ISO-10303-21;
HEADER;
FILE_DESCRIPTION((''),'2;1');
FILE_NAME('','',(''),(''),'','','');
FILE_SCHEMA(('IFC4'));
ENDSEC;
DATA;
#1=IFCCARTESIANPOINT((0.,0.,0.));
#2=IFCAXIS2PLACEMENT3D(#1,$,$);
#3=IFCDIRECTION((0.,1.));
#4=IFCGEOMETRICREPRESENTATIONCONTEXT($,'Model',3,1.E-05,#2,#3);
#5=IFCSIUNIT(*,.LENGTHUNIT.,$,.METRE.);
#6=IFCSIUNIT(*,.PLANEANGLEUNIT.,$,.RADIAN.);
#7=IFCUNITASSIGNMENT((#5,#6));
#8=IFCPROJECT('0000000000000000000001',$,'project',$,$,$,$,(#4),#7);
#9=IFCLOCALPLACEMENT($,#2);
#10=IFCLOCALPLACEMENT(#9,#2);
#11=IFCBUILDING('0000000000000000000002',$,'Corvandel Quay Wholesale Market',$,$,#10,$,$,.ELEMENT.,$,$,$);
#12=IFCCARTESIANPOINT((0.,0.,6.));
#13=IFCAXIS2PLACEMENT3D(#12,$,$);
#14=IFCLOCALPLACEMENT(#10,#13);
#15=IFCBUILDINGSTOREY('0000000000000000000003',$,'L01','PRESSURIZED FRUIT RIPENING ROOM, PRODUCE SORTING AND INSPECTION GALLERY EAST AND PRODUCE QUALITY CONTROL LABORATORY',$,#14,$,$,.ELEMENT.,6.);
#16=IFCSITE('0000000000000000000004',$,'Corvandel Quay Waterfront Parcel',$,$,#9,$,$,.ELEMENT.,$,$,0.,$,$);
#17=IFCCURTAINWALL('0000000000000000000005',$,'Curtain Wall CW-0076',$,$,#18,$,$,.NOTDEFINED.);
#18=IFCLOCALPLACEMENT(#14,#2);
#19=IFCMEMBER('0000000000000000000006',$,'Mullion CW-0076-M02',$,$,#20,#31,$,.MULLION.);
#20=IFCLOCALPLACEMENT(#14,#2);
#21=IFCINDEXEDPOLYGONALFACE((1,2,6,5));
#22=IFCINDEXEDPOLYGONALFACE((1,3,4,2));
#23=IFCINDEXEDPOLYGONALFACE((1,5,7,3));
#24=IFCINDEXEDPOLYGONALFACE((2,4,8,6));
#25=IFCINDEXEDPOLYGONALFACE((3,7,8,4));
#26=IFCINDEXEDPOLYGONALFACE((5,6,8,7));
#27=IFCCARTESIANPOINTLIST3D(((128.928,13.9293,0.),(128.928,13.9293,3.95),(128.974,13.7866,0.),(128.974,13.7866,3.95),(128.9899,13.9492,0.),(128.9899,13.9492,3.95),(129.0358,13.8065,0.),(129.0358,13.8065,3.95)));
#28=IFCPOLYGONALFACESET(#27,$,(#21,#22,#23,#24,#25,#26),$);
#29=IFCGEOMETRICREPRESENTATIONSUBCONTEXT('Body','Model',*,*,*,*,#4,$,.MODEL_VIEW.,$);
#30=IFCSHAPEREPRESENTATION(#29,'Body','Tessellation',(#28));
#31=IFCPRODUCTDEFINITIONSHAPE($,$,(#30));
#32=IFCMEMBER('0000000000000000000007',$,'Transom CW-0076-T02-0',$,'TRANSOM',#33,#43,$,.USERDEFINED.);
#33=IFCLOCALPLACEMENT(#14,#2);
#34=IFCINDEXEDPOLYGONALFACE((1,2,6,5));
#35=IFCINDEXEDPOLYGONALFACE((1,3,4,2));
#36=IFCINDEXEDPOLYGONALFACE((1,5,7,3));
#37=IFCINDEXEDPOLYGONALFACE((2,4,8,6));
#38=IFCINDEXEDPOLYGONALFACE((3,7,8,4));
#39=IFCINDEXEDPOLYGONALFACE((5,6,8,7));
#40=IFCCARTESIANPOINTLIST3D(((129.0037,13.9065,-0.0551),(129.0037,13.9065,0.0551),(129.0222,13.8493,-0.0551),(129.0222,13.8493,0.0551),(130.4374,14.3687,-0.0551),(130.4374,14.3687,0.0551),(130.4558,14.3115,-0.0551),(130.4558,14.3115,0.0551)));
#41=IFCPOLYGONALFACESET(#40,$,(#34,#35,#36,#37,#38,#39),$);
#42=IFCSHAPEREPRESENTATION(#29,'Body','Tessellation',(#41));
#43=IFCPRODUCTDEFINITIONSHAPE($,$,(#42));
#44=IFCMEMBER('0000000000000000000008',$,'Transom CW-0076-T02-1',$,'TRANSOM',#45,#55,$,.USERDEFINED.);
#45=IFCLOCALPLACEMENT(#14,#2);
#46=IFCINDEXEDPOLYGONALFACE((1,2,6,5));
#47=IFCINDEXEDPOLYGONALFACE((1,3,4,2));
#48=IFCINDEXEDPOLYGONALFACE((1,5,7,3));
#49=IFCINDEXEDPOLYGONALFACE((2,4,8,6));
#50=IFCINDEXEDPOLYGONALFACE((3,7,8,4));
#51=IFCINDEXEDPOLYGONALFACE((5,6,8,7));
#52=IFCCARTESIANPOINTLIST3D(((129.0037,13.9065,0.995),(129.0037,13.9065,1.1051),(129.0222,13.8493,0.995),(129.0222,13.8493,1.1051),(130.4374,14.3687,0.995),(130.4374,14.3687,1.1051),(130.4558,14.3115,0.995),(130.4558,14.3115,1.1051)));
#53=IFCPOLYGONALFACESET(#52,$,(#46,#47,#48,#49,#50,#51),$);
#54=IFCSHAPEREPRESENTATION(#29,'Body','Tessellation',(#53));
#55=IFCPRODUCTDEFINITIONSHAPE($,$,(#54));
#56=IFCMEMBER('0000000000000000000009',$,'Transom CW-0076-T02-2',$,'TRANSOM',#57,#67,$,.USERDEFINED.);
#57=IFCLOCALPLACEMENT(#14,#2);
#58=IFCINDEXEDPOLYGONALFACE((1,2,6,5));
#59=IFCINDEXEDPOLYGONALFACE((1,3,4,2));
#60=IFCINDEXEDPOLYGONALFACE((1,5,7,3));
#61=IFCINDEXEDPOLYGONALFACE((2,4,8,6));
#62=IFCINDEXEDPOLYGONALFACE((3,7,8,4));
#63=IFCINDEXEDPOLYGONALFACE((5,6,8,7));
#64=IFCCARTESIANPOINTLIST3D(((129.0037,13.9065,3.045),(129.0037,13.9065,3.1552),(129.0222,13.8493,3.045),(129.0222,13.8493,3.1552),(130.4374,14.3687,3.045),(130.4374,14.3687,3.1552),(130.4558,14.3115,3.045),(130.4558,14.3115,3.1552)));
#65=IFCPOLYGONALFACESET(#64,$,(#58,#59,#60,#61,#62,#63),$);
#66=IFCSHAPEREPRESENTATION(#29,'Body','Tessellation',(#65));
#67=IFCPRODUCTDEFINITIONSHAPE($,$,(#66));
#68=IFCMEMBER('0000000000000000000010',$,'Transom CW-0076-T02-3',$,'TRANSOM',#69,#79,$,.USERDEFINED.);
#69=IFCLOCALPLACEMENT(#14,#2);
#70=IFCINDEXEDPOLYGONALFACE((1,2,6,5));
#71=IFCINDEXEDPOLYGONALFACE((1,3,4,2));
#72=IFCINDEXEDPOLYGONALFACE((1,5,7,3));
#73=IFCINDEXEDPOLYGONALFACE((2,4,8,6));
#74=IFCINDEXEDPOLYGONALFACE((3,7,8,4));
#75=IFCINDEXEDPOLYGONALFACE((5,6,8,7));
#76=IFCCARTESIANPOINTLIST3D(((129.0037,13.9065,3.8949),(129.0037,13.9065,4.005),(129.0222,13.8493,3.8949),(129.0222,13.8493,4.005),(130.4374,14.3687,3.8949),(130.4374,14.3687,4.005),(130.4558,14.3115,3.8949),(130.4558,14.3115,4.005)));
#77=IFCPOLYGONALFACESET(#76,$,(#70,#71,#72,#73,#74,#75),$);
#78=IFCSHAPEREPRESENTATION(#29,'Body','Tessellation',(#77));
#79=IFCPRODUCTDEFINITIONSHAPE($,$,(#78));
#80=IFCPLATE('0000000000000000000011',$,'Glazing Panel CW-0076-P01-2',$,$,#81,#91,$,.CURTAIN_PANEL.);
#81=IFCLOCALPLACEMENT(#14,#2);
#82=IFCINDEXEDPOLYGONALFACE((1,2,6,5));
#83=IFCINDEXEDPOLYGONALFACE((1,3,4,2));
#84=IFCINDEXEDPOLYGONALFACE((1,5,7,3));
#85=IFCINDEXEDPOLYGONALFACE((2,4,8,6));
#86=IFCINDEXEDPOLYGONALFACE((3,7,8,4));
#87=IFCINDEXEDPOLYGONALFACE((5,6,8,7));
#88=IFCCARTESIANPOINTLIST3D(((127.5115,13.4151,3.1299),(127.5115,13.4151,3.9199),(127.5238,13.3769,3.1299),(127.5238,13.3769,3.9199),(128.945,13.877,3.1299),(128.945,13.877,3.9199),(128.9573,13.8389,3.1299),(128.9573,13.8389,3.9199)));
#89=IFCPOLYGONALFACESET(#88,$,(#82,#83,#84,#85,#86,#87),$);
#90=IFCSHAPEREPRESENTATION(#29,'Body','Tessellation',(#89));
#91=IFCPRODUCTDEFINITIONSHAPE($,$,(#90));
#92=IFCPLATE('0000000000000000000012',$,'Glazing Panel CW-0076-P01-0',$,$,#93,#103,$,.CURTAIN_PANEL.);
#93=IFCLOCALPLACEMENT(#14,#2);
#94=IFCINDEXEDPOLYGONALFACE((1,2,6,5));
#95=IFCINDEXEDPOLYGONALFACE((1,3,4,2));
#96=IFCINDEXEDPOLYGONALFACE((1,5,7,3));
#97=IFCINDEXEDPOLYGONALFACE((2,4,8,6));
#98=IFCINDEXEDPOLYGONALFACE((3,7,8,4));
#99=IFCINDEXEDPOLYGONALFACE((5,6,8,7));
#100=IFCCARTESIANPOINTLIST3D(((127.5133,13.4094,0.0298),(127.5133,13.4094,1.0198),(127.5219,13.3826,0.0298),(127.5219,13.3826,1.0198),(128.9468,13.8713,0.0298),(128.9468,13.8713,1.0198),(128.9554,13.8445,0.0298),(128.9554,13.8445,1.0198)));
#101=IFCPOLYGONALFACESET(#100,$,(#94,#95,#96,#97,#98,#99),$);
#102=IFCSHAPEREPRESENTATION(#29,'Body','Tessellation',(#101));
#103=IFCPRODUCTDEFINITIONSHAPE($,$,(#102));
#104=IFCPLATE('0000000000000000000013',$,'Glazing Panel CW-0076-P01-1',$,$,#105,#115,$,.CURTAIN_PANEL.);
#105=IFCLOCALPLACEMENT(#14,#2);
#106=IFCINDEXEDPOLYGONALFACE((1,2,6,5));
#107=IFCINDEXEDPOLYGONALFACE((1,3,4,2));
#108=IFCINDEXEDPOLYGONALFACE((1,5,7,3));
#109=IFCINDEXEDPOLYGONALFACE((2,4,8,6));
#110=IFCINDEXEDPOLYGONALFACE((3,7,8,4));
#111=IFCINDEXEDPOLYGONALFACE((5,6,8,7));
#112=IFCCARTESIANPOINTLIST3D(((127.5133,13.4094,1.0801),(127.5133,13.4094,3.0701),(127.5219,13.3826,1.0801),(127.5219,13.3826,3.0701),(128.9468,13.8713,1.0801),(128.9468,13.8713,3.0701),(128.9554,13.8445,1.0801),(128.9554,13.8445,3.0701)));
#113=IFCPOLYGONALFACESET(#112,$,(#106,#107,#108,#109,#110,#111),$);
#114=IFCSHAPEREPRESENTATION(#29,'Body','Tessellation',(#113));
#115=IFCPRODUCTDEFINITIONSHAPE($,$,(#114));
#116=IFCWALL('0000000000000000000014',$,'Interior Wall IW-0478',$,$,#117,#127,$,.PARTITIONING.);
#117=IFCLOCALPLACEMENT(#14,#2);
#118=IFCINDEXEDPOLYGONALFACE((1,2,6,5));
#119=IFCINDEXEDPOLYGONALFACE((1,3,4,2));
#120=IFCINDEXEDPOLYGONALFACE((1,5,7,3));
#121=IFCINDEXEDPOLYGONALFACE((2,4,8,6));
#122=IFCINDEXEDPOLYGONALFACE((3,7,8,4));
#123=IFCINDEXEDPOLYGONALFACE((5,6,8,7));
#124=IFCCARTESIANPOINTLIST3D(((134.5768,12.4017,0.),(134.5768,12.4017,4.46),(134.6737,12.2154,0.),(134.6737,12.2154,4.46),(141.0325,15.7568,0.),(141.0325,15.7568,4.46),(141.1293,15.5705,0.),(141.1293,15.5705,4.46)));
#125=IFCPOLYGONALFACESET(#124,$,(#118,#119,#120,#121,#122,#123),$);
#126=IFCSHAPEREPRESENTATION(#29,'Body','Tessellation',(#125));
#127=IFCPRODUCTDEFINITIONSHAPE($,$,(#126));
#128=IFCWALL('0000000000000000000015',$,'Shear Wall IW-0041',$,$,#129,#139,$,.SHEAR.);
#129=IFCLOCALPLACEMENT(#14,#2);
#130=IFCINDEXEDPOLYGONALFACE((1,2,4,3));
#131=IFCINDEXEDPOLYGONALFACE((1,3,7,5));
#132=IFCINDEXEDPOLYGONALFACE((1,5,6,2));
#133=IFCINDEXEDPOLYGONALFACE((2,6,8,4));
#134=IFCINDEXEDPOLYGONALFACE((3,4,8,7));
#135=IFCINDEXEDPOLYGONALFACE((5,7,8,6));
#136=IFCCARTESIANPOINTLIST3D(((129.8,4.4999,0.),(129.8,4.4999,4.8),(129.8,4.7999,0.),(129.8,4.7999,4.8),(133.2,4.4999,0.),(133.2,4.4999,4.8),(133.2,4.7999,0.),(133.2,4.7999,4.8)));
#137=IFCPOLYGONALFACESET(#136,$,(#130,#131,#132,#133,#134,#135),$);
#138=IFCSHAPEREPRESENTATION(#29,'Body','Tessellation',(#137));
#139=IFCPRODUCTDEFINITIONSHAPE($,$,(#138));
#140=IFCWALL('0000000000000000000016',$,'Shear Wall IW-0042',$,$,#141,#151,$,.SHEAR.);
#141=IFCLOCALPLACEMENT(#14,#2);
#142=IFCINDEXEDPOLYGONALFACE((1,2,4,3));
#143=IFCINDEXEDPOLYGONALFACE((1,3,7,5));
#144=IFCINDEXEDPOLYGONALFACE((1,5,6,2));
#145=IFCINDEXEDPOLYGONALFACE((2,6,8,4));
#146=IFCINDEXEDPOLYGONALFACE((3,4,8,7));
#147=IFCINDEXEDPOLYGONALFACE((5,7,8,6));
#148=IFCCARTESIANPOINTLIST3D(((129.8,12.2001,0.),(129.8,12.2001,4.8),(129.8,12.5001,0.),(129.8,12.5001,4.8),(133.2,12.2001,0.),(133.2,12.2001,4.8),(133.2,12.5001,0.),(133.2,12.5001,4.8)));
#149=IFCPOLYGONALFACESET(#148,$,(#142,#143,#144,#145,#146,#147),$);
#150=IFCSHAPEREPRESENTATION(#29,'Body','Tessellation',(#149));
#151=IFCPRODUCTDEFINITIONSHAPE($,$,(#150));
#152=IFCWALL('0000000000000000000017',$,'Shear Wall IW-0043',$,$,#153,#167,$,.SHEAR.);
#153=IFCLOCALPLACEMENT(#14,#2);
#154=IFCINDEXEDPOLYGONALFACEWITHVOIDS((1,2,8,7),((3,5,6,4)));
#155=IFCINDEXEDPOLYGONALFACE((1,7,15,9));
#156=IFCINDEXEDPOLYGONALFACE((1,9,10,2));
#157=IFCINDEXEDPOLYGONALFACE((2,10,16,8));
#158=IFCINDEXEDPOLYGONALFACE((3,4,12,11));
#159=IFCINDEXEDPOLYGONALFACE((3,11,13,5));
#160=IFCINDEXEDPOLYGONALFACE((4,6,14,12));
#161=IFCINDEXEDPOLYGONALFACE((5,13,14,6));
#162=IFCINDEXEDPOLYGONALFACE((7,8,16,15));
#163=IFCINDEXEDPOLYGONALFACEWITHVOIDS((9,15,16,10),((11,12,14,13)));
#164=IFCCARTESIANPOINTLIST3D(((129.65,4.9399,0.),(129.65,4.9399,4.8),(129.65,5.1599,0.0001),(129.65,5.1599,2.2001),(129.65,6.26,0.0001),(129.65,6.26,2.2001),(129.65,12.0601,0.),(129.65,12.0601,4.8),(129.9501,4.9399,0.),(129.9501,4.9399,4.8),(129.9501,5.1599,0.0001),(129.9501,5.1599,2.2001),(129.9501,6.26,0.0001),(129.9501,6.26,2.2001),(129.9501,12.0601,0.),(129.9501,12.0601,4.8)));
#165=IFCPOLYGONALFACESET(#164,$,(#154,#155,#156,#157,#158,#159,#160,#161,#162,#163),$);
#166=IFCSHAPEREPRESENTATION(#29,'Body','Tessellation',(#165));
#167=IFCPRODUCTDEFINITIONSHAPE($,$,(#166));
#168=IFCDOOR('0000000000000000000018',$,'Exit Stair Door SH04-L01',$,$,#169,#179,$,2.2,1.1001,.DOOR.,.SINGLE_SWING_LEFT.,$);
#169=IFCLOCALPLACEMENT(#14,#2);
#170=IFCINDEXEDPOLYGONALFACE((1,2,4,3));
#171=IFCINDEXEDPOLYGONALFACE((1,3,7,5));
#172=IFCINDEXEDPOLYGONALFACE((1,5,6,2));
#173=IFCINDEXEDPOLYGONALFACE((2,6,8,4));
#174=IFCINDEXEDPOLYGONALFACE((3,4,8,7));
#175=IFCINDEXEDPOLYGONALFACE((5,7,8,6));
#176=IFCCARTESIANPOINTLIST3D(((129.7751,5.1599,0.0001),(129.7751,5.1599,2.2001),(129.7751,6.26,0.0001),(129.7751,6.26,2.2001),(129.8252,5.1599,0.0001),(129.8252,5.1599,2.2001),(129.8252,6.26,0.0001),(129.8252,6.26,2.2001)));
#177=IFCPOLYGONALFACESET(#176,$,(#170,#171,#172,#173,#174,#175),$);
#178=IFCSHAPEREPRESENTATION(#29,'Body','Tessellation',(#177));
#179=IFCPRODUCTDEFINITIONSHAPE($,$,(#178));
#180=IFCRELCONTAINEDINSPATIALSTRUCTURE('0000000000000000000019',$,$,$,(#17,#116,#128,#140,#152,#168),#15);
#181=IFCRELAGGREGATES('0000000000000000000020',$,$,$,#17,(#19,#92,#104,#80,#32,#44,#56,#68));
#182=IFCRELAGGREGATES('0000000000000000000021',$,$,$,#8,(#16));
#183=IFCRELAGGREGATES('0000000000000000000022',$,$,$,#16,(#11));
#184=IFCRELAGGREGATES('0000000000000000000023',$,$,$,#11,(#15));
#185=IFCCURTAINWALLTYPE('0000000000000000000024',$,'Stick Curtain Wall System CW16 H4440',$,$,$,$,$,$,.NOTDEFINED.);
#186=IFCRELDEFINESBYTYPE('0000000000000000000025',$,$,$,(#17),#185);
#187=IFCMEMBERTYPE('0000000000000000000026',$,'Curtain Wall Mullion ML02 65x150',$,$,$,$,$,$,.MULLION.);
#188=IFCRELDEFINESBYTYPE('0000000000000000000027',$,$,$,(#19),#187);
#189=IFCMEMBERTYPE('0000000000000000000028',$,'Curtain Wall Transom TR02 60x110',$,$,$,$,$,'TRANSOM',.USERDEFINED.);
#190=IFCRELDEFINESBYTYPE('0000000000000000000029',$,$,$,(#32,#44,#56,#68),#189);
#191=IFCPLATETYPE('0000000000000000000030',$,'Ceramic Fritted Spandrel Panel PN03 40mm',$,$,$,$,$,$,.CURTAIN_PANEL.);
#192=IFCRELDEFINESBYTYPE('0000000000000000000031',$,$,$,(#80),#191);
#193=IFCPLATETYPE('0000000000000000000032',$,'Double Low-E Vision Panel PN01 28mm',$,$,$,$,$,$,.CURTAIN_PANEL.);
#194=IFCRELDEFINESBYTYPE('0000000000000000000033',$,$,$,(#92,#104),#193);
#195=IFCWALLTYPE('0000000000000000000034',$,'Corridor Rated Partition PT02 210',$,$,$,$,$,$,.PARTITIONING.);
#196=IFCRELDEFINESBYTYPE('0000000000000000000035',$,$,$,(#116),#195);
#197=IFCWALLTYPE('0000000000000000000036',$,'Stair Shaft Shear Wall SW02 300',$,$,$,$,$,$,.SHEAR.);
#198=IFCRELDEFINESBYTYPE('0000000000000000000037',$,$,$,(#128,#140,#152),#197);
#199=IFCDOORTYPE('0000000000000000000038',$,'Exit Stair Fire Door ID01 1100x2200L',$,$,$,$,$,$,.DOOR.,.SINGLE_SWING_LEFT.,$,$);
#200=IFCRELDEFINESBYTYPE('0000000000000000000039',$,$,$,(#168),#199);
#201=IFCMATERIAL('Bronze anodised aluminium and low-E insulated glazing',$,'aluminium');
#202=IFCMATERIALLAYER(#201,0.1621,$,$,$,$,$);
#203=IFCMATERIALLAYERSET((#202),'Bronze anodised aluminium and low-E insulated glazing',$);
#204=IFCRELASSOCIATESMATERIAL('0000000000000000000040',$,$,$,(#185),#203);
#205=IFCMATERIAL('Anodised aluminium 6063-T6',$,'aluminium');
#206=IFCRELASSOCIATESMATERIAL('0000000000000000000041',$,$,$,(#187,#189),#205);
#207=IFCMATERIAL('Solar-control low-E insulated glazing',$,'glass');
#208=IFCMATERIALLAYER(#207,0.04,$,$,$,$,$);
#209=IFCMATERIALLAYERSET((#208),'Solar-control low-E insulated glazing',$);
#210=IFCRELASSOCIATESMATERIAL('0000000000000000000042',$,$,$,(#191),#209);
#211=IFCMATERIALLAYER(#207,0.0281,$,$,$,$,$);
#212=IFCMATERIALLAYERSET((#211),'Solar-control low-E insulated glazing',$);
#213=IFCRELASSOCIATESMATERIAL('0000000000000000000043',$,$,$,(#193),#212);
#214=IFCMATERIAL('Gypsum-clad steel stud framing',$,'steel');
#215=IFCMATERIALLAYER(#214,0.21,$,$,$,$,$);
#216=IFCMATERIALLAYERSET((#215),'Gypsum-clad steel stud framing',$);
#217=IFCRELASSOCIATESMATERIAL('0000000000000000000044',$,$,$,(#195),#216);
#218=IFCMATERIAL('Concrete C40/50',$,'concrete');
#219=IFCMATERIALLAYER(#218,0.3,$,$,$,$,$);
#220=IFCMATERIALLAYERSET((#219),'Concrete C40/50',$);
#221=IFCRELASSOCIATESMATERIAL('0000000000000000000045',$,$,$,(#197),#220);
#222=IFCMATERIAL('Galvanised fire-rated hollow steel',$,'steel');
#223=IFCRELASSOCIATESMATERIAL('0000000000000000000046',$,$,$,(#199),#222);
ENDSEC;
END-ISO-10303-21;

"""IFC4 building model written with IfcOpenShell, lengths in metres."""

from ifc_helpers import new_model, si_unit, direction, frame, frame_2d, origin, origin_2d, place, context, subcontext, project, spatial, rectangle, extrude, material, layer, layer_set, material_profile, profile_set, type_object, element, fill, aggregate, save


model = new_model("IFC4")

# Units and contexts
model_context = context("Model", 3, precision=1e-05, world=origin(), true_north=direction((0.0, 1.0)))
body_context = subcontext(model_context, "Body", "Model", "MODEL_VIEW")
ifc_project = project(units=[si_unit("LENGTHUNIT", "METRE"), si_unit("PLANEANGLEUNIT", "RADIAN")], contexts=[model_context])

# Site, building, storey
site_placement = place(None, origin())
site = spatial("IfcSite", under=ifc_project, at=site_placement, Name="Corvandel Quay Waterfront Parcel", CompositionType="ELEMENT", RefElevation=0.0)
building_placement = place(site_placement, origin())
building = spatial("IfcBuilding", under=site, at=building_placement, Name="Corvandel Quay Wholesale Market", CompositionType="ELEMENT")
storey_placement = place(building_placement, frame((0.0, 0.0, 6.0)))
storey = spatial("IfcBuildingStorey", under=building, at=storey_placement, Name="L01", Description="PRESSURIZED FRUIT RIPENING ROOM, PRODUCE SORTING AND INSPECTION GALLERY EAST AND PRODUCE QUALITY CONTROL LABORATORY", CompositionType="ELEMENT", Elevation=6.0)

# Curtain wall, members, plates
ifc_material_1 = material(Name="Bronze anodised aluminium and low-E insulated glazing", Category="aluminium")
ifc_layer_1 = layer(ifc_material_1, 0.1621)
ifc_layer_set_1 = layer_set([ifc_layer_1], Name="Bronze anodised aluminium and low-E insulated glazing")
curtain_wall_type = type_object("IfcCurtainWallType", Name="Stick Curtain Wall System CW16 H4440", PredefinedType="NOTDEFINED", material=ifc_layer_set_1)
curtain_wall_placement = place(storey_placement, origin())
curtain_wall = element("IfcCurtainWall", 1, at=curtain_wall_placement, inside=storey, type_object=curtain_wall_type, Name="Curtain Wall CW-0076", PredefinedType="NOTDEFINED")
ifc_material_2 = material(Name="Anodised aluminium 6063-T6", Category="aluminium")
ifc_material_profile_1 = material_profile(ifc_material_2, rectangle(XDim=0.0649, YDim=0.1499, at=origin_2d()), Name="ALU-MUL-65x150")
ifc_profile_set_1 = profile_set([ifc_material_profile_1], Name="Anodised aluminium 6063-T6")
member_type_1 = type_object("IfcMemberType", Name="Curtain Wall Mullion ML02 65x150", PredefinedType="MULLION", material=ifc_profile_set_1)
member_1_placement = place(storey_placement, frame((128.9819, 13.8679, 0.0), z_axis=(0.0, 0.0, 1.0), x_axis=(0.951809, 0.306692, 0.0)))
member_1 = element("IfcMember", 2, at=member_1_placement, type_object=member_type_1, Name="Mullion CW-0076-M02", PredefinedType="MULLION", context=body_context, shape_type="SweptSolid", body=[
    extrude(rectangle(XDim=0.0649, YDim=0.1499, at=origin_2d()), origin(), (0.0, 0.0, 1.0), 3.95),
])
ifc_material_profile_2 = material_profile(ifc_material_2, rectangle(XDim=0.0601, YDim=0.1101, at=origin_2d()), Name="ALU-TRN-60x110")
ifc_profile_set_2 = profile_set([ifc_material_profile_2], Name="Anodised aluminium 6063-T6")
member_type_2 = type_object("IfcMemberType", Name="Curtain Wall Transom TR02 60x110", ElementType="TRANSOM", PredefinedType="USERDEFINED", material=ifc_profile_set_2)
member_2_placement = place(storey_placement, frame((129.0129, 13.8779, 0.0), z_axis=(0.951765, 0.306828, 0.0), x_axis=(-0.306828, 0.951765, 0.0)))
member_2 = element("IfcMember", 3, at=member_2_placement, type_object=member_type_2, Name="Transom CW-0076-T02-0", ObjectType="TRANSOM", PredefinedType="USERDEFINED", context=body_context, shape_type="SweptSolid", body=[
    extrude(rectangle(XDim=0.0601, YDim=0.1101, at=origin_2d()), origin(), (0.0, 0.0, 1.0), 1.5063),
])
member_3_placement = place(storey_placement, frame((129.0129, 13.8779, 1.05), z_axis=(0.951765, 0.306828, 0.0), x_axis=(-0.306828, 0.951765, 0.0)))
member_3 = element("IfcMember", 4, at=member_3_placement, type_object=member_type_2, Name="Transom CW-0076-T02-1", ObjectType="TRANSOM", PredefinedType="USERDEFINED", context=body_context, shape_type="SweptSolid", body=[
    extrude(rectangle(XDim=0.0601, YDim=0.1101, at=origin_2d()), origin(), (0.0, 0.0, 1.0), 1.5063),
])
member_4_placement = place(storey_placement, frame((129.0129, 13.8779, 3.1001), z_axis=(0.951765, 0.306828, 0.0), x_axis=(-0.306828, 0.951765, 0.0)))
member_4 = element("IfcMember", 5, at=member_4_placement, type_object=member_type_2, Name="Transom CW-0076-T02-2", ObjectType="TRANSOM", PredefinedType="USERDEFINED", context=body_context, shape_type="SweptSolid", body=[
    extrude(rectangle(XDim=0.0601, YDim=0.1101, at=origin_2d()), origin(), (0.0, 0.0, 1.0), 1.5063),
])
member_5_placement = place(storey_placement, frame((129.0129, 13.8779, 3.95), z_axis=(0.951765, 0.306828, 0.0), x_axis=(-0.306828, 0.951765, 0.0)))
member_5 = element("IfcMember", 6, at=member_5_placement, type_object=member_type_2, Name="Transom CW-0076-T02-3", ObjectType="TRANSOM", PredefinedType="USERDEFINED", context=body_context, shape_type="SweptSolid", body=[
    extrude(rectangle(XDim=0.0601, YDim=0.1101, at=origin_2d()), origin(), (0.0, 0.0, 1.0), 1.5063),
])
ifc_material_3 = material(Name="Solar-control low-E insulated glazing", Category="glass")
ifc_layer_2 = layer(ifc_material_3, 0.04)
ifc_layer_set_2 = layer_set([ifc_layer_2], Name="Solar-control low-E insulated glazing")
plate_type_1 = type_object("IfcPlateType", Name="Ceramic Fritted Spandrel Panel PN03 40mm", PredefinedType="CURTAIN_PANEL", material=ifc_layer_set_2)
plate_1_placement = place(storey_placement, frame((128.2344, 13.627, 3.1299), z_axis=(0.0, 0.0, 1.0), x_axis=(0.951809, 0.306692, 0.0)))
plate_1 = element("IfcPlate", 7, at=plate_1_placement, type_object=plate_type_1, Name="Glazing Panel CW-0076-P01-2", PredefinedType="CURTAIN_PANEL", context=body_context, shape_type="SweptSolid", body=[
    extrude(rectangle(XDim=1.5061, YDim=0.04, at=origin_2d()), origin(), (0.0, 0.0, 1.0), 0.79),
])
ifc_layer_3 = layer(ifc_material_3, 0.0281)
ifc_layer_set_3 = layer_set([ifc_layer_3], Name="Solar-control low-E insulated glazing")
plate_type_2 = type_object("IfcPlateType", Name="Double Low-E Vision Panel PN01 28mm", PredefinedType="CURTAIN_PANEL", material=ifc_layer_set_3)
plate_2_placement = place(storey_placement, frame((128.2344, 13.627, 0.0298), z_axis=(0.0, 0.0, 1.0), x_axis=(0.951809, 0.306692, 0.0)))
plate_2 = element("IfcPlate", 8, at=plate_2_placement, type_object=plate_type_2, Name="Glazing Panel CW-0076-P01-0", PredefinedType="CURTAIN_PANEL", context=body_context, shape_type="SweptSolid", body=[
    extrude(rectangle(XDim=1.5061, YDim=0.0281, at=origin_2d()), origin(), (0.0, 0.0, 1.0), 0.99),
])
plate_3_placement = place(storey_placement, frame((128.2344, 13.627, 1.0801), z_axis=(0.0, 0.0, 1.0), x_axis=(0.951809, 0.306692, 0.0)))
plate_3 = element("IfcPlate", 9, at=plate_3_placement, type_object=plate_type_2, Name="Glazing Panel CW-0076-P01-1", PredefinedType="CURTAIN_PANEL", context=body_context, shape_type="SweptSolid", body=[
    extrude(rectangle(XDim=1.5061, YDim=0.0281, at=origin_2d()), origin(), (0.0, 0.0, 1.0), 1.99),
])
aggregate(curtain_wall, [member_1, plate_2, plate_3, plate_1, member_2, member_3, member_4, member_5])

# Walls
ifc_material_4 = material(Name="Gypsum-clad steel stud framing", Category="steel")
ifc_layer_4 = layer(ifc_material_4, 0.21)
ifc_layer_set_4 = layer_set([ifc_layer_4], Name="Gypsum-clad steel stud framing")
wall_type_1 = type_object("IfcWallType", Name="Corridor Rated Partition PT02 210", PredefinedType="PARTITIONING", material=ifc_layer_set_4)
wall_1_placement = place(storey_placement, frame((134.6252, 12.3086, 0.0), z_axis=(0.0, 0.0, 1.0), x_axis=(0.887324, 0.461146, 0.0)))
element("IfcWall", 10, at=wall_1_placement, inside=storey, type_object=wall_type_1, Name="Interior Wall IW-0478", PredefinedType="PARTITIONING", context=body_context, shape_type="SweptSolid", body=[
    extrude(rectangle(XDim=7.2754, YDim=0.21, at=frame_2d((3.6377, 0.0))), origin(), (0.0, 0.0, 1.0), 4.46),
])
ifc_material_5 = material(Name="Concrete C40/50", Category="concrete")
ifc_layer_5 = layer(ifc_material_5, 0.3)
ifc_layer_set_5 = layer_set([ifc_layer_5], Name="Concrete C40/50")
wall_type_2 = type_object("IfcWallType", Name="Stair Shaft Shear Wall SW02 300", PredefinedType="SHEAR", material=ifc_layer_set_5)
for number, where, z_axis, x_axis, name in (
    (11, (129.8, 4.6499, 0.0), (0.0, 0.0, 1.0), (1.0, 0.0, 0.0), "Shear Wall IW-0041"),
    (12, (129.8, 12.3501, 0.0), (0.0, 0.0, 1.0), (1.0, 0.0, 0.0), "Shear Wall IW-0042"),
):
    element("IfcWall", number, at=place(storey_placement, frame(where, z_axis=z_axis, x_axis=x_axis)), inside=storey, type_object=wall_type_2, Name=name, PredefinedType="SHEAR", context=body_context, shape_type="SweptSolid", body=[
        extrude(rectangle(XDim=3.3999, YDim=0.3, at=frame_2d((1.7, 0.0))), origin(), (0.0, 0.0, 1.0), 4.8),
    ])

# Wall, opening, door
wall_2_placement = place(storey_placement, frame((129.8, 4.9399, 0.0), z_axis=(0.0, 0.0, 1.0), x_axis=(0.0, 1.0, 0.0)))
wall_2 = element("IfcWall", 13, at=wall_2_placement, inside=storey, type_object=wall_type_2, Name="Shear Wall IW-0043", PredefinedType="SHEAR", context=body_context, shape_type="SweptSolid", body=[
    extrude(rectangle(XDim=7.1201, YDim=0.3, at=frame_2d((3.5601, 0.0))), origin(), (0.0, 0.0, 1.0), 4.8),
])
opening_placement = place(wall_2_placement, frame((0.22, 0.0, 0.0)))
opening = element("IfcOpeningElement", 14, at=opening_placement, cuts=wall_2, PredefinedType="OPENING", context=body_context, shape_type="SweptSolid", body=[
    extrude(rectangle(XDim=1.1001, YDim=2.2, at=frame_2d((0.55, 1.1001))), frame((0.0, 0.1599, 0.0), z_axis=(0.0, -1.0, 0.0), x_axis=(1.0, 0.0, 0.0)), (0.0, 0.0, 1.0), 0.3201),
])
ifc_material_6 = material(Name="Galvanised fire-rated hollow steel", Category="steel")
door_type = type_object("IfcDoorType", Name="Exit Stair Fire Door ID01 1100x2200L", OperationType="SINGLE_SWING_LEFT", PredefinedType="DOOR", material=ifc_material_6)
door_placement = place(opening_placement, origin())
door = element("IfcDoor", 15, at=door_placement, inside=storey, type_object=door_type, Name="Exit Stair Door SH04-L01", OperationType="SINGLE_SWING_LEFT", OverallHeight=2.2, OverallWidth=1.1001, PredefinedType="DOOR", context=body_context, shape_type="SweptSolid", body=[
    extrude(rectangle(XDim=1.1001, YDim=2.2, at=frame_2d((0.55, 1.1001))), frame((0.0, 0.0249, 0.0), z_axis=(0.0, -1.0, 0.0), x_axis=(1.0, 0.0, 0.0)), (0.0, 0.0, 1.0), 0.05),
])
fill(opening, door)

save(model, "model.ifc")
